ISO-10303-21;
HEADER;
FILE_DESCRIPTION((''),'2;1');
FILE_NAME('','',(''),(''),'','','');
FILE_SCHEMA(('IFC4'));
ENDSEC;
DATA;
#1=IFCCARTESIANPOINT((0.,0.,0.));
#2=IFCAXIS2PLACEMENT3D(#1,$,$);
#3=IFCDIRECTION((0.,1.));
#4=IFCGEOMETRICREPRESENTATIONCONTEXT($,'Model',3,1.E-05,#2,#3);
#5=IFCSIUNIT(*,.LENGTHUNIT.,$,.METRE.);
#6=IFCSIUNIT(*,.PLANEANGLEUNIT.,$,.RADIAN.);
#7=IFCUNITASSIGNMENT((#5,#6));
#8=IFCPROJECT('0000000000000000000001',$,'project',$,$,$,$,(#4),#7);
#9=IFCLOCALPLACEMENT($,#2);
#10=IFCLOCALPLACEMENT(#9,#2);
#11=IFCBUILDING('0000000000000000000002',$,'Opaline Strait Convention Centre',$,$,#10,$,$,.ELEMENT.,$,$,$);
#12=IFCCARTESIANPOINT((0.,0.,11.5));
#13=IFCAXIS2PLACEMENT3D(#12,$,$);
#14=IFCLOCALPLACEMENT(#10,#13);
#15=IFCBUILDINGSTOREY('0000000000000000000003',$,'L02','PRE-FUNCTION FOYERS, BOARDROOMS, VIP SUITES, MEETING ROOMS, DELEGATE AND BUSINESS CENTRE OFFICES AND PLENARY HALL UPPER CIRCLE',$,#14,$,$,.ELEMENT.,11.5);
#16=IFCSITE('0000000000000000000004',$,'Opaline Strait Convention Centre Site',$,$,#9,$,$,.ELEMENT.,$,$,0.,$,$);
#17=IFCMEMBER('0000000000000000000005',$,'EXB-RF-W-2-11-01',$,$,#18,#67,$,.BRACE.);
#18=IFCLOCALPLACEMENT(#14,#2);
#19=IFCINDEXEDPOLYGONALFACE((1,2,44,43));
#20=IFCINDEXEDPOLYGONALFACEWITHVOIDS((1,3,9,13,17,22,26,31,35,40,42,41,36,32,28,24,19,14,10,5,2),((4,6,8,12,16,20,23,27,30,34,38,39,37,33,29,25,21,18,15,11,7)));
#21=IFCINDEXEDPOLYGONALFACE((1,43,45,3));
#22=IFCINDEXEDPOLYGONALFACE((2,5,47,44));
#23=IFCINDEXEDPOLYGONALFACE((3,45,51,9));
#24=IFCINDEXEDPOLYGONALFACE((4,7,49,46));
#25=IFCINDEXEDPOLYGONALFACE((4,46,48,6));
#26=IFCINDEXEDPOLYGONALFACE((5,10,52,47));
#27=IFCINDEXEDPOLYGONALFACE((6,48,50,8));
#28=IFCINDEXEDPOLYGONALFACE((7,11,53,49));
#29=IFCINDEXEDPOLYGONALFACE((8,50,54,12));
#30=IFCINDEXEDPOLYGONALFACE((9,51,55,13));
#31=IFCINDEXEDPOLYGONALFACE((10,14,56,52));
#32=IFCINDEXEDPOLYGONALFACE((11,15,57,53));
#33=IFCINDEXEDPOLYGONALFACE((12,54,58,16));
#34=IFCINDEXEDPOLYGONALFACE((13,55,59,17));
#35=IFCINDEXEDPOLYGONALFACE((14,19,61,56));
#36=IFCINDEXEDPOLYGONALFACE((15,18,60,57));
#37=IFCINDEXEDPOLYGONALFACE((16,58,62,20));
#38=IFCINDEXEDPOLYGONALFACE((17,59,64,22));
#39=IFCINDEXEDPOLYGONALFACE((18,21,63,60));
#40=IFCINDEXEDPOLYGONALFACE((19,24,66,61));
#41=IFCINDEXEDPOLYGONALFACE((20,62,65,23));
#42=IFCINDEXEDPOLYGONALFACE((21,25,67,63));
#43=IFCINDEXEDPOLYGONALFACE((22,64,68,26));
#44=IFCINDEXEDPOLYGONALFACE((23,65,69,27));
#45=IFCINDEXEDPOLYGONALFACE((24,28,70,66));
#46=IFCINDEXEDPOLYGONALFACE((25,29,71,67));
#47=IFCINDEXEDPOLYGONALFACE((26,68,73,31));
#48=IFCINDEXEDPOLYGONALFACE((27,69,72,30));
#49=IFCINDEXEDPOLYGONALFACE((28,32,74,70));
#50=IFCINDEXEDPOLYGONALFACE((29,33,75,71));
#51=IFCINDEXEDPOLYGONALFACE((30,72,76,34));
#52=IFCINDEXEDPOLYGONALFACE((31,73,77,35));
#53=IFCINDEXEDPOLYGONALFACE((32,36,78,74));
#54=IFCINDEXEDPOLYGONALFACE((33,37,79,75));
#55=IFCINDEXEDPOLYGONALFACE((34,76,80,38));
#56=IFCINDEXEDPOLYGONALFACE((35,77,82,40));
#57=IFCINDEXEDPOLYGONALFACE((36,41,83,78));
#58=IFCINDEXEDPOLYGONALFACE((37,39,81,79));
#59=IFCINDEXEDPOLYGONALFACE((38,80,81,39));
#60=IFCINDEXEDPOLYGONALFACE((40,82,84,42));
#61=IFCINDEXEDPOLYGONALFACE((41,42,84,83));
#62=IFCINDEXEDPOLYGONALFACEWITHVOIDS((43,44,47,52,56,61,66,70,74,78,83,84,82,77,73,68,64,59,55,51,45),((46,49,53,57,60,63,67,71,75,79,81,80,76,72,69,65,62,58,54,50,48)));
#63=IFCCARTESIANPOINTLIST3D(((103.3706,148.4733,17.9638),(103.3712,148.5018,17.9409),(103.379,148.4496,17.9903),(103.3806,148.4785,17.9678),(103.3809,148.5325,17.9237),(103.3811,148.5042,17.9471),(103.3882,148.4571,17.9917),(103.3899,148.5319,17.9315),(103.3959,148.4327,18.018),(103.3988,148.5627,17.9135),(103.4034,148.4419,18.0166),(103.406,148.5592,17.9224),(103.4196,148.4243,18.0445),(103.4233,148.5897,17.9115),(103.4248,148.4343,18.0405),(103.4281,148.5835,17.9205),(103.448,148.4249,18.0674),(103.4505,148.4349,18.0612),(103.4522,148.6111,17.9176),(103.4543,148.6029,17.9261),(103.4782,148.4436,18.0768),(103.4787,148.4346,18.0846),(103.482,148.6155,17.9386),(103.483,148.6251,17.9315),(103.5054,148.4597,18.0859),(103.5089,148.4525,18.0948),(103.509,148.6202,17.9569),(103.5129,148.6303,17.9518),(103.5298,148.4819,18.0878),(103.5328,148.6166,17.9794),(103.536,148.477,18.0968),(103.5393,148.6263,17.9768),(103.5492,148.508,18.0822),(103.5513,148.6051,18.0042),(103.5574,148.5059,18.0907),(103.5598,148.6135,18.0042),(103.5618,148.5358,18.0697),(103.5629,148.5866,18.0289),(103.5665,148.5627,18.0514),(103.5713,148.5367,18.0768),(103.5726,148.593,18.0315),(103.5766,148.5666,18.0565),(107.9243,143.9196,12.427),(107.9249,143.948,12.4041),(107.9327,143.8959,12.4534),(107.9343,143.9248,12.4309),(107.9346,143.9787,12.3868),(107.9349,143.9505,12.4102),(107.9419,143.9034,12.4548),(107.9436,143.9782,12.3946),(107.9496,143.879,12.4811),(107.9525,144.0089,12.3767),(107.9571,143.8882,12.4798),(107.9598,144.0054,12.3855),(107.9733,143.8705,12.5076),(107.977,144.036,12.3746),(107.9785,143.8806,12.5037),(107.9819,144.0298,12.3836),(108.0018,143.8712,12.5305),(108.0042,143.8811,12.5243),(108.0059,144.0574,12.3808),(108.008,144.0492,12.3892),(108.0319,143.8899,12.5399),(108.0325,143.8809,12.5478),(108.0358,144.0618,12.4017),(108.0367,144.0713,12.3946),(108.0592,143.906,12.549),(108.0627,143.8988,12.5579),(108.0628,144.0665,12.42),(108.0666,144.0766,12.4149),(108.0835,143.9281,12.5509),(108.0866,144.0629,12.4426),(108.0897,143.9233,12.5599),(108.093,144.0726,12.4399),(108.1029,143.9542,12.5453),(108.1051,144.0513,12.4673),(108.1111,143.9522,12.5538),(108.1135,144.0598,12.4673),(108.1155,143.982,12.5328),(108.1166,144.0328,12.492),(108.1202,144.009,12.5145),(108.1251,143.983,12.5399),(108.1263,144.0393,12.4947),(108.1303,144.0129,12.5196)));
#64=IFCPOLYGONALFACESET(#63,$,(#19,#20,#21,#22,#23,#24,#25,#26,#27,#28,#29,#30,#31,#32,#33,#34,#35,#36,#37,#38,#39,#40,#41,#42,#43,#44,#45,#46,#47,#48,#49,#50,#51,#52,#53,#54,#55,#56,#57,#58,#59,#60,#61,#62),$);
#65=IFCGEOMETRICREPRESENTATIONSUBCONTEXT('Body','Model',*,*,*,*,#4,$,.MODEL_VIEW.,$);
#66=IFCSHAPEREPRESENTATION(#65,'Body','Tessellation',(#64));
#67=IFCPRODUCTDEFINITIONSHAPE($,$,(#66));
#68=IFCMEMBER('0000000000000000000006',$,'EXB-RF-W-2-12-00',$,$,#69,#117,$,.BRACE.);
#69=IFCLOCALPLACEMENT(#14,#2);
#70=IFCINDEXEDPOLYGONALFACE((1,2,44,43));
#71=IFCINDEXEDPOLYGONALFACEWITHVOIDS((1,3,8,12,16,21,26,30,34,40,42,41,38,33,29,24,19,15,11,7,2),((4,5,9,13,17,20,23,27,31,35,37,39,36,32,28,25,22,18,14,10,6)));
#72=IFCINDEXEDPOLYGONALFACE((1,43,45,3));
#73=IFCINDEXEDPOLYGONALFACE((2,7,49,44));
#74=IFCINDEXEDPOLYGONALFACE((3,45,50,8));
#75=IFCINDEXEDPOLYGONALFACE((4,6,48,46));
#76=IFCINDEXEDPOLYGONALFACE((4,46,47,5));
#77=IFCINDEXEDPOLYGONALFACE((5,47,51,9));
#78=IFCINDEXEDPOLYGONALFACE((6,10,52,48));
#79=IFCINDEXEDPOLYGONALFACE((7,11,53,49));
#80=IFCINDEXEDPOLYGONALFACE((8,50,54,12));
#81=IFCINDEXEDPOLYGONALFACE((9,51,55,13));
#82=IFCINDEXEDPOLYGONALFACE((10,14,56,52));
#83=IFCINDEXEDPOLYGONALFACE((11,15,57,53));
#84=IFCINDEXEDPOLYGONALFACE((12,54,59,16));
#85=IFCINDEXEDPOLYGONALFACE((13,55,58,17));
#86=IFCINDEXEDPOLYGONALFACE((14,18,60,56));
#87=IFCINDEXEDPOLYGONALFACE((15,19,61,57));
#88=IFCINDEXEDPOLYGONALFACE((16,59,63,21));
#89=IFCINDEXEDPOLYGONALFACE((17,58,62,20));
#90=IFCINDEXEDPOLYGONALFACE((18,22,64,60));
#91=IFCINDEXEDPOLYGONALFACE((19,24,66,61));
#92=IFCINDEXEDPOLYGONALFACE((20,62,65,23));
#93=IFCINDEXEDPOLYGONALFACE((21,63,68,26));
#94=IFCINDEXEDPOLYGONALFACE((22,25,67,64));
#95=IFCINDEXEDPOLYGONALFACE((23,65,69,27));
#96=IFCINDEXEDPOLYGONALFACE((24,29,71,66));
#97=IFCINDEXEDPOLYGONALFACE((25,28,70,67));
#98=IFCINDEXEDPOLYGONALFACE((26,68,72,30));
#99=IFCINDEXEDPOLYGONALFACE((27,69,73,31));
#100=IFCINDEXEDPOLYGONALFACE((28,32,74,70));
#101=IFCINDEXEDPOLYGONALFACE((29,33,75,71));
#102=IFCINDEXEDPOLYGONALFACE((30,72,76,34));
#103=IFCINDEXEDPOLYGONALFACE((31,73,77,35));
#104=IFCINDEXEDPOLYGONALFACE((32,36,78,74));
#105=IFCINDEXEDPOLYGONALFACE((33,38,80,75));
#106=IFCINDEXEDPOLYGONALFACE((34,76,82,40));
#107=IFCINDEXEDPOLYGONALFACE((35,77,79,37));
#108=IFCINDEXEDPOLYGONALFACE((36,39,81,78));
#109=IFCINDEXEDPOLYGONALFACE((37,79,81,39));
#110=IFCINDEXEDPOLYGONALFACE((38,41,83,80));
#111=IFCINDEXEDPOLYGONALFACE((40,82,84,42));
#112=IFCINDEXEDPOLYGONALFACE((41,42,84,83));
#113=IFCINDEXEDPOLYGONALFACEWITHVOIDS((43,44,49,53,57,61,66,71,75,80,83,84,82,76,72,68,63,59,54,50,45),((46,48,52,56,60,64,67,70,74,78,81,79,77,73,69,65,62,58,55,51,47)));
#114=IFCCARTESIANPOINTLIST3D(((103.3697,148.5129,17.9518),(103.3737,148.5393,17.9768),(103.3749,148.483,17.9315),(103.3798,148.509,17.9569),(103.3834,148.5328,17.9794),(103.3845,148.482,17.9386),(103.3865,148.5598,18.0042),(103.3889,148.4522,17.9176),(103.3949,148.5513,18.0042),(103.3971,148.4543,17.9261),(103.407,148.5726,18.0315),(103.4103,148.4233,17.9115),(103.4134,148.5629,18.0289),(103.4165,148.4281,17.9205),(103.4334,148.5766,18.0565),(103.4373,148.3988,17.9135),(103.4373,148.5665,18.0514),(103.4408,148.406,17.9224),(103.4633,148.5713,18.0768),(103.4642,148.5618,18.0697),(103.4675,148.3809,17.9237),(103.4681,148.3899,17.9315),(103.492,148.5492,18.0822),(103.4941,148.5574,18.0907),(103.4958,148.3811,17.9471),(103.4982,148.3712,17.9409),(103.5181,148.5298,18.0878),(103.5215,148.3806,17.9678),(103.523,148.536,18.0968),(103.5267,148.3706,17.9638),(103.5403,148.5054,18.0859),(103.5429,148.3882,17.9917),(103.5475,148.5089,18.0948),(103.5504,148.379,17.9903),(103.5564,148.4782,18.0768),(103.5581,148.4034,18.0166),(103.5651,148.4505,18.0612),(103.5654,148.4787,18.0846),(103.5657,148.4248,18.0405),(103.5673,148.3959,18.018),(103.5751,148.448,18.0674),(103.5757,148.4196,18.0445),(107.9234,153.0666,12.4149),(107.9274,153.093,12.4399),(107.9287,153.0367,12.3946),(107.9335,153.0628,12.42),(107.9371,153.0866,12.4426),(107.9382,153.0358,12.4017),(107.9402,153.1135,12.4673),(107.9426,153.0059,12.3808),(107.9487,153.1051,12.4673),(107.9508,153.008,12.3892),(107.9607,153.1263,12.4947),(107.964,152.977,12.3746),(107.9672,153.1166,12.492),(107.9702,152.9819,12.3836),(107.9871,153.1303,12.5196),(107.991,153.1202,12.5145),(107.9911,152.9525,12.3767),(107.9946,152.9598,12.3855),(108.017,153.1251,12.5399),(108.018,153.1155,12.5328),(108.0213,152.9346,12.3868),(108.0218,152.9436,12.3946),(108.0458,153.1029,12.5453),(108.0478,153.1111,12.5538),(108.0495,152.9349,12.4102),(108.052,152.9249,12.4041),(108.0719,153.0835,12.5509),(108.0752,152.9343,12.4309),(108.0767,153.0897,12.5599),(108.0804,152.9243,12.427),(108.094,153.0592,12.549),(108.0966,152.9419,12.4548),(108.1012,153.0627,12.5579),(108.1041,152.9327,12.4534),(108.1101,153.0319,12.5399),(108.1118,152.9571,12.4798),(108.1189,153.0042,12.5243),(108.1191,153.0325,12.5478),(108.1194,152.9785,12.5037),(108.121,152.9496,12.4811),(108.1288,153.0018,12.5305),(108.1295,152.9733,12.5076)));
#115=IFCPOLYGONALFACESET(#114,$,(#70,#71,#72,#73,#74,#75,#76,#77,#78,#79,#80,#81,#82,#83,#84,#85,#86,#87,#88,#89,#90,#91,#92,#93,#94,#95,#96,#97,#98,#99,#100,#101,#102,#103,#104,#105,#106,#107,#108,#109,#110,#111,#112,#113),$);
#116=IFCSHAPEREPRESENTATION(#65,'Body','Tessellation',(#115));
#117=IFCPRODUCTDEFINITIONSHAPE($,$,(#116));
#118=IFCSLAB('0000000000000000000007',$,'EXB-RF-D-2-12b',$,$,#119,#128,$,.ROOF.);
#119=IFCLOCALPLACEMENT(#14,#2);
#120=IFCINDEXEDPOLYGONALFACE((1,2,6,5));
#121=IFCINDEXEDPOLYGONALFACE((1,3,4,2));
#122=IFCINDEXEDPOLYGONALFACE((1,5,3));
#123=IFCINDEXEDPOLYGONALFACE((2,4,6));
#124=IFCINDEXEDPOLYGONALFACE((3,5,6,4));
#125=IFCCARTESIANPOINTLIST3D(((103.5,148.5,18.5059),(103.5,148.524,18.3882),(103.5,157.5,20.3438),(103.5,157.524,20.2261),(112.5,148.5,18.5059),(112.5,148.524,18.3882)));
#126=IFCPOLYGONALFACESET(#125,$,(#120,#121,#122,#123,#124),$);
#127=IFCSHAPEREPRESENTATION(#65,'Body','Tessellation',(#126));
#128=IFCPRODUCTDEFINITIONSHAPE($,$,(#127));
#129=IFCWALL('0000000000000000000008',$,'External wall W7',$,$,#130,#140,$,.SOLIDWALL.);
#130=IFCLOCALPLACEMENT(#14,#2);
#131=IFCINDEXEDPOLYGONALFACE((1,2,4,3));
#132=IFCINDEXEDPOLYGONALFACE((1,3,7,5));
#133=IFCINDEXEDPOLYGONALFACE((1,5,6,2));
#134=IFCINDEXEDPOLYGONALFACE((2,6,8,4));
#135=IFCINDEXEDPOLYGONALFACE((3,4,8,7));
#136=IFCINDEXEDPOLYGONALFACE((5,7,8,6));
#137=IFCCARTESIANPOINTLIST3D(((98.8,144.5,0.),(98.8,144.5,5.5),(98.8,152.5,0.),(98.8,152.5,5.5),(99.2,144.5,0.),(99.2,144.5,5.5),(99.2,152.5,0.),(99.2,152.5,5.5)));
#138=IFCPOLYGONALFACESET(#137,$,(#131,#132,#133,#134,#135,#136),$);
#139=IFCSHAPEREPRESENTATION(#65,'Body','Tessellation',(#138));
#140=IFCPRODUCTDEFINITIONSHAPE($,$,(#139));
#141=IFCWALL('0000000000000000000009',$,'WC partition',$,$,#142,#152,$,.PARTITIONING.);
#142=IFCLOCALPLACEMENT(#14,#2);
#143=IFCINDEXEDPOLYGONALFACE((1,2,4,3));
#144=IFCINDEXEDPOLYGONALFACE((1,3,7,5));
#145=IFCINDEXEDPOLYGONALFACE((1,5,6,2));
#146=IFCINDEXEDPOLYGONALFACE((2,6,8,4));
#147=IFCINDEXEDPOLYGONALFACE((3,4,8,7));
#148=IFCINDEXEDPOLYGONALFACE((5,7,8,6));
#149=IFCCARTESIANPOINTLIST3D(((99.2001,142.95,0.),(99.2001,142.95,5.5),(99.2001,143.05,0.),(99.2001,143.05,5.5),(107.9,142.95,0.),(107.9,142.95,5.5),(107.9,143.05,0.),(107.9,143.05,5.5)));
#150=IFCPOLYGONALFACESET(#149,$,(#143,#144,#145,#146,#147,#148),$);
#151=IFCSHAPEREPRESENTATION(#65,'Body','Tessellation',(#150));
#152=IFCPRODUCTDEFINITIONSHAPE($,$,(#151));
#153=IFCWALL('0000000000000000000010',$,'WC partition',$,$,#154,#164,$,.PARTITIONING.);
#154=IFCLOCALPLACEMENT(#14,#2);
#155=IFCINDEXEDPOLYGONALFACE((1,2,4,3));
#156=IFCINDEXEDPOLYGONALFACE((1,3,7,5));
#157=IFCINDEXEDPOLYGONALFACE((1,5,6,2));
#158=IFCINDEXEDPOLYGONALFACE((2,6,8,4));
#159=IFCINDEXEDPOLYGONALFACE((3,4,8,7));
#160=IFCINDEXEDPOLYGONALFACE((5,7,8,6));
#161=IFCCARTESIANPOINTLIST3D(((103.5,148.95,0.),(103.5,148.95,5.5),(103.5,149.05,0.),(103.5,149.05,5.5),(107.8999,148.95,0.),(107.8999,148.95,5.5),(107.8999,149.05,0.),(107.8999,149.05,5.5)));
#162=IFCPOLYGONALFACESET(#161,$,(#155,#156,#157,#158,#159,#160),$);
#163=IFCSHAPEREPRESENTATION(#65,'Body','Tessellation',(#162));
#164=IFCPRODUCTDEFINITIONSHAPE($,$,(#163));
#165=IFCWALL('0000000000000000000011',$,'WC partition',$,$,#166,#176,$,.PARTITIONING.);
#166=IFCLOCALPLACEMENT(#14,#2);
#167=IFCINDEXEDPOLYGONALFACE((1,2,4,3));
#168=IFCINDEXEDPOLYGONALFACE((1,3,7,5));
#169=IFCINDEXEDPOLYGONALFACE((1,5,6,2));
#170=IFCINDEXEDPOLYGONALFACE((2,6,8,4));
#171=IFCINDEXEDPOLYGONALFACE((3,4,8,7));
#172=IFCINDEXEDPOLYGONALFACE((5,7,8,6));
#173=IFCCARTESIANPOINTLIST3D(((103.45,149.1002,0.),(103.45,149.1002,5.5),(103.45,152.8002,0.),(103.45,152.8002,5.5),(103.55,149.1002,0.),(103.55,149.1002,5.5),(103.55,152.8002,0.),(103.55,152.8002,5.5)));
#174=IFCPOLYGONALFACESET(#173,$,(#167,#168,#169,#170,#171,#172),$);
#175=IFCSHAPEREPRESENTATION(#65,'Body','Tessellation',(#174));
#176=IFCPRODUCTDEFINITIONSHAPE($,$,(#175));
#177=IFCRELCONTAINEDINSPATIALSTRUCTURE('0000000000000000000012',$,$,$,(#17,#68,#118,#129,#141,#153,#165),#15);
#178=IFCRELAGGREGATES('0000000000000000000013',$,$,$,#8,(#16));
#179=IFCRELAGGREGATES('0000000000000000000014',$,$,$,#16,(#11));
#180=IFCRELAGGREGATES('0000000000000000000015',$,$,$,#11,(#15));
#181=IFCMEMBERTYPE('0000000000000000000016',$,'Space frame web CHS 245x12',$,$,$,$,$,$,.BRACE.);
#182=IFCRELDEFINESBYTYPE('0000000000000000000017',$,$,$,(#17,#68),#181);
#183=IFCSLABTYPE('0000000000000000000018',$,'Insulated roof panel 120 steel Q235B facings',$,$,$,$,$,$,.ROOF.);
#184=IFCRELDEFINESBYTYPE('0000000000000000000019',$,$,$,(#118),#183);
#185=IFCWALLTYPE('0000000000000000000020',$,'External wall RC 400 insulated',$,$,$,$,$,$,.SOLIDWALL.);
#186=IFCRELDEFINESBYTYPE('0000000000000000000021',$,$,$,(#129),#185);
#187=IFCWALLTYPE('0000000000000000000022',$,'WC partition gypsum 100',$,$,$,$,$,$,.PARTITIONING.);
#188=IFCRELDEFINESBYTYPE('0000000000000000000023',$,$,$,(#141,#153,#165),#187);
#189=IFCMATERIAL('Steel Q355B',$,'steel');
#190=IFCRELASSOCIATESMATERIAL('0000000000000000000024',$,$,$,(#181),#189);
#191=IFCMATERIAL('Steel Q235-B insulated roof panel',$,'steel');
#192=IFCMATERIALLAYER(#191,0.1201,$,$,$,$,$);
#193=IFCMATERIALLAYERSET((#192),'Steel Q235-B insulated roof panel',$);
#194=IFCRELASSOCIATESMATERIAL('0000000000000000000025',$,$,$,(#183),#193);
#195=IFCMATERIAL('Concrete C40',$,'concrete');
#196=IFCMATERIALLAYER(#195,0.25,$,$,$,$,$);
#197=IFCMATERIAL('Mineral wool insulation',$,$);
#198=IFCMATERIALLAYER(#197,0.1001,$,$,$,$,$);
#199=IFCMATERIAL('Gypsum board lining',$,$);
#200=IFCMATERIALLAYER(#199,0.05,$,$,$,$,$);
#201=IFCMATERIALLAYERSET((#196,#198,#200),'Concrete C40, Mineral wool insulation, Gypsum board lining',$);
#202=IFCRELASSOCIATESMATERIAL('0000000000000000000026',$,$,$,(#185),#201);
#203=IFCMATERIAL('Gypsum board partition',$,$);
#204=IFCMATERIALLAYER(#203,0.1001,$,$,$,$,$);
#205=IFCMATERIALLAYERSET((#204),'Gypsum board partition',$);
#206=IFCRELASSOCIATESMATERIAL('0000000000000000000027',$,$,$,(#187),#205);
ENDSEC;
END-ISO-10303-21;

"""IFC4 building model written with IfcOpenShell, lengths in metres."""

from ifc_helpers import new_model, si_unit, direction, frame, frame_2d, origin, origin_2d, place, context, subcontext, project, spatial, polyline, rectangle, hollow_circle, outline, extrude, material, layer, layer_set, material_profile, profile_set, type_object, element, save


model = new_model("IFC4")

# Units and contexts
model_context = context("Model", 3, precision=1e-05, world=origin(), true_north=direction((0.0, 1.0)))
body_context = subcontext(model_context, "Body", "Model", "MODEL_VIEW")
ifc_project = project(units=[si_unit("LENGTHUNIT", "METRE"), si_unit("PLANEANGLEUNIT", "RADIAN")], contexts=[model_context])

# Site, building, storey
site_placement = place(None, origin())
site = spatial("IfcSite", under=ifc_project, at=site_placement, Name="Opaline Strait Convention Centre Site", CompositionType="ELEMENT", RefElevation=0.0)
building_placement = place(site_placement, origin())
building = spatial("IfcBuilding", under=site, at=building_placement, Name="Opaline Strait Convention Centre", CompositionType="ELEMENT")
storey_placement = place(building_placement, frame((0.0, 0.0, 11.5)))
storey = spatial("IfcBuildingStorey", under=building, at=storey_placement, Name="L02", Description="PRE-FUNCTION FOYERS, BOARDROOMS, VIP SUITES, MEETING ROOMS, DELEGATE AND BUSINESS CENTRE OFFICES AND PLENARY HALL UPPER CIRCLE", CompositionType="ELEMENT", Elevation=11.5)

# Shared definitions
ifc_material_1 = material(Name="Steel Q355B", Category="steel")

# Members
ifc_material_profile_1 = material_profile(ifc_material_1, hollow_circle(Radius=0.1226, WallThickness=0.012, at=origin_2d()), Name="CHS 245x12")
ifc_profile_set_1 = profile_set([ifc_material_profile_1], Name="Steel Q355B")
member_type_1 = type_object("IfcMemberType", Name="Space frame web CHS 245x12", PredefinedType="BRACE", material=ifc_profile_set_1)
for number, where, z_axis, x_axis, name in (
    (1, (103.4731, 148.5269, 18.0042), (0.536178, -0.536178, -0.65194), (0.707107, 0.707107, 0.0), "EXB-RF-W-2-11-01"),
    (2, (103.4731, 148.4731, 18.0042), (0.536178, 0.536178, -0.65194), (-0.707107, 0.707107, 0.0), "EXB-RF-W-2-12-00"),
):
    element("IfcMember", number, at=place(storey_placement, frame(where, z_axis=z_axis, x_axis=x_axis)), inside=storey, type_object=member_type_1, Name=name, PredefinedType="BRACE", context=body_context, shape_type="SweptSolid", body=[
        extrude(hollow_circle(Radius=0.1226, WallThickness=0.012, at=origin_2d()), origin(), (0.0, 0.0, 1.0), 8.4929),
    ])

# Slab
ifc_material_2 = material(Name="Steel Q235-B insulated roof panel", Category="steel")
ifc_layer_1 = layer(ifc_material_2, 0.1201)
ifc_layer_set_1 = layer_set([ifc_layer_1], Name="Steel Q235-B insulated roof panel")
slab_type = type_object("IfcSlabType", Name="Insulated roof panel 120 steel Q235B facings", PredefinedType="ROOF", material=ifc_layer_set_1)
slab_placement = place(storey_placement, frame((103.5, 148.5, 18.5059), z_axis=(0.0, -0.200081, 0.979779), x_axis=(1.0, 0.0, 0.0)))
element("IfcSlab", 3, at=slab_placement, inside=storey, type_object=slab_type, Name="EXB-RF-D-2-12b", PredefinedType="ROOF", context=body_context, shape_type="SweptSolid", body=[
    extrude(outline(polyline([(0.0, 0.0), (9.0, 0.0), (0.0, 9.1857), (0.0, 0.0)])), origin(), (0.0, 0.0, -1.0), 0.1201),
])

# Walls
ifc_material_3 = material(Name="Concrete C40", Category="concrete")
ifc_layer_2 = layer(ifc_material_3, 0.25)
ifc_material_4 = material(Name="Mineral wool insulation")
ifc_layer_3 = layer(ifc_material_4, 0.1001)
ifc_material_5 = material(Name="Gypsum board lining")
ifc_layer_4 = layer(ifc_material_5, 0.05)
ifc_layer_set_2 = layer_set([ifc_layer_2, ifc_layer_3, ifc_layer_4], Name="Concrete C40, Mineral wool insulation, Gypsum board lining")
wall_type_1 = type_object("IfcWallType", Name="External wall RC 400 insulated", PredefinedType="SOLIDWALL", material=ifc_layer_set_2)
wall_1_placement = place(storey_placement, frame((99.0, 144.5, 0.0), z_axis=(0.0, 0.0, 1.0), x_axis=(0.0, 1.0, 0.0)))
element("IfcWall", 4, at=wall_1_placement, inside=storey, type_object=wall_type_1, Name="External wall W7", PredefinedType="SOLIDWALL", context=body_context, shape_type="SweptSolid", body=[
    extrude(rectangle(XDim=8.0, YDim=0.3999, at=frame_2d((4.0, 0.0))), origin(), (0.0, 0.0, 1.0), 5.5),
])
ifc_material_6 = material(Name="Gypsum board partition")
ifc_layer_5 = layer(ifc_material_6, 0.1001)
ifc_layer_set_3 = layer_set([ifc_layer_5], Name="Gypsum board partition")
wall_type_2 = type_object("IfcWallType", Name="WC partition gypsum 100", PredefinedType="PARTITIONING", material=ifc_layer_set_3)
wall_2_placement = place(storey_placement, frame((99.2, 143.0, 0.0), z_axis=(0.0, 0.0, 1.0), x_axis=(1.0, 0.0, 0.0)))
element("IfcWall", 5, at=wall_2_placement, inside=storey, type_object=wall_type_2, Name="WC partition", PredefinedType="PARTITIONING", context=body_context, shape_type="SweptSolid", body=[
    extrude(rectangle(XDim=8.7, YDim=0.1001, at=frame_2d((4.3501, 0.0))), origin(), (0.0, 0.0, 1.0), 5.5),
])
wall_3_placement = place(storey_placement, frame((103.5, 149.0, 0.0), z_axis=(0.0, 0.0, 1.0), x_axis=(1.0, 0.0, 0.0)))
element("IfcWall", 6, at=wall_3_placement, inside=storey, type_object=wall_type_2, Name="WC partition", PredefinedType="PARTITIONING", context=body_context, shape_type="SweptSolid", body=[
    extrude(rectangle(XDim=4.3999, YDim=0.1001, at=frame_2d((2.2, 0.0))), origin(), (0.0, 0.0, 1.0), 5.5),
])
wall_4_placement = place(storey_placement, frame((103.5, 149.1001, 0.0), z_axis=(0.0, 0.0, 1.0), x_axis=(0.0, 1.0, 0.0)))
element("IfcWall", 7, at=wall_4_placement, inside=storey, type_object=wall_type_2, Name="WC partition", PredefinedType="PARTITIONING", context=body_context, shape_type="SweptSolid", body=[
    extrude(rectangle(XDim=3.7, YDim=0.1001, at=frame_2d((1.8501, 0.0))), origin(), (0.0, 0.0, 1.0), 5.5),
])

save(model, "model.ifc")
